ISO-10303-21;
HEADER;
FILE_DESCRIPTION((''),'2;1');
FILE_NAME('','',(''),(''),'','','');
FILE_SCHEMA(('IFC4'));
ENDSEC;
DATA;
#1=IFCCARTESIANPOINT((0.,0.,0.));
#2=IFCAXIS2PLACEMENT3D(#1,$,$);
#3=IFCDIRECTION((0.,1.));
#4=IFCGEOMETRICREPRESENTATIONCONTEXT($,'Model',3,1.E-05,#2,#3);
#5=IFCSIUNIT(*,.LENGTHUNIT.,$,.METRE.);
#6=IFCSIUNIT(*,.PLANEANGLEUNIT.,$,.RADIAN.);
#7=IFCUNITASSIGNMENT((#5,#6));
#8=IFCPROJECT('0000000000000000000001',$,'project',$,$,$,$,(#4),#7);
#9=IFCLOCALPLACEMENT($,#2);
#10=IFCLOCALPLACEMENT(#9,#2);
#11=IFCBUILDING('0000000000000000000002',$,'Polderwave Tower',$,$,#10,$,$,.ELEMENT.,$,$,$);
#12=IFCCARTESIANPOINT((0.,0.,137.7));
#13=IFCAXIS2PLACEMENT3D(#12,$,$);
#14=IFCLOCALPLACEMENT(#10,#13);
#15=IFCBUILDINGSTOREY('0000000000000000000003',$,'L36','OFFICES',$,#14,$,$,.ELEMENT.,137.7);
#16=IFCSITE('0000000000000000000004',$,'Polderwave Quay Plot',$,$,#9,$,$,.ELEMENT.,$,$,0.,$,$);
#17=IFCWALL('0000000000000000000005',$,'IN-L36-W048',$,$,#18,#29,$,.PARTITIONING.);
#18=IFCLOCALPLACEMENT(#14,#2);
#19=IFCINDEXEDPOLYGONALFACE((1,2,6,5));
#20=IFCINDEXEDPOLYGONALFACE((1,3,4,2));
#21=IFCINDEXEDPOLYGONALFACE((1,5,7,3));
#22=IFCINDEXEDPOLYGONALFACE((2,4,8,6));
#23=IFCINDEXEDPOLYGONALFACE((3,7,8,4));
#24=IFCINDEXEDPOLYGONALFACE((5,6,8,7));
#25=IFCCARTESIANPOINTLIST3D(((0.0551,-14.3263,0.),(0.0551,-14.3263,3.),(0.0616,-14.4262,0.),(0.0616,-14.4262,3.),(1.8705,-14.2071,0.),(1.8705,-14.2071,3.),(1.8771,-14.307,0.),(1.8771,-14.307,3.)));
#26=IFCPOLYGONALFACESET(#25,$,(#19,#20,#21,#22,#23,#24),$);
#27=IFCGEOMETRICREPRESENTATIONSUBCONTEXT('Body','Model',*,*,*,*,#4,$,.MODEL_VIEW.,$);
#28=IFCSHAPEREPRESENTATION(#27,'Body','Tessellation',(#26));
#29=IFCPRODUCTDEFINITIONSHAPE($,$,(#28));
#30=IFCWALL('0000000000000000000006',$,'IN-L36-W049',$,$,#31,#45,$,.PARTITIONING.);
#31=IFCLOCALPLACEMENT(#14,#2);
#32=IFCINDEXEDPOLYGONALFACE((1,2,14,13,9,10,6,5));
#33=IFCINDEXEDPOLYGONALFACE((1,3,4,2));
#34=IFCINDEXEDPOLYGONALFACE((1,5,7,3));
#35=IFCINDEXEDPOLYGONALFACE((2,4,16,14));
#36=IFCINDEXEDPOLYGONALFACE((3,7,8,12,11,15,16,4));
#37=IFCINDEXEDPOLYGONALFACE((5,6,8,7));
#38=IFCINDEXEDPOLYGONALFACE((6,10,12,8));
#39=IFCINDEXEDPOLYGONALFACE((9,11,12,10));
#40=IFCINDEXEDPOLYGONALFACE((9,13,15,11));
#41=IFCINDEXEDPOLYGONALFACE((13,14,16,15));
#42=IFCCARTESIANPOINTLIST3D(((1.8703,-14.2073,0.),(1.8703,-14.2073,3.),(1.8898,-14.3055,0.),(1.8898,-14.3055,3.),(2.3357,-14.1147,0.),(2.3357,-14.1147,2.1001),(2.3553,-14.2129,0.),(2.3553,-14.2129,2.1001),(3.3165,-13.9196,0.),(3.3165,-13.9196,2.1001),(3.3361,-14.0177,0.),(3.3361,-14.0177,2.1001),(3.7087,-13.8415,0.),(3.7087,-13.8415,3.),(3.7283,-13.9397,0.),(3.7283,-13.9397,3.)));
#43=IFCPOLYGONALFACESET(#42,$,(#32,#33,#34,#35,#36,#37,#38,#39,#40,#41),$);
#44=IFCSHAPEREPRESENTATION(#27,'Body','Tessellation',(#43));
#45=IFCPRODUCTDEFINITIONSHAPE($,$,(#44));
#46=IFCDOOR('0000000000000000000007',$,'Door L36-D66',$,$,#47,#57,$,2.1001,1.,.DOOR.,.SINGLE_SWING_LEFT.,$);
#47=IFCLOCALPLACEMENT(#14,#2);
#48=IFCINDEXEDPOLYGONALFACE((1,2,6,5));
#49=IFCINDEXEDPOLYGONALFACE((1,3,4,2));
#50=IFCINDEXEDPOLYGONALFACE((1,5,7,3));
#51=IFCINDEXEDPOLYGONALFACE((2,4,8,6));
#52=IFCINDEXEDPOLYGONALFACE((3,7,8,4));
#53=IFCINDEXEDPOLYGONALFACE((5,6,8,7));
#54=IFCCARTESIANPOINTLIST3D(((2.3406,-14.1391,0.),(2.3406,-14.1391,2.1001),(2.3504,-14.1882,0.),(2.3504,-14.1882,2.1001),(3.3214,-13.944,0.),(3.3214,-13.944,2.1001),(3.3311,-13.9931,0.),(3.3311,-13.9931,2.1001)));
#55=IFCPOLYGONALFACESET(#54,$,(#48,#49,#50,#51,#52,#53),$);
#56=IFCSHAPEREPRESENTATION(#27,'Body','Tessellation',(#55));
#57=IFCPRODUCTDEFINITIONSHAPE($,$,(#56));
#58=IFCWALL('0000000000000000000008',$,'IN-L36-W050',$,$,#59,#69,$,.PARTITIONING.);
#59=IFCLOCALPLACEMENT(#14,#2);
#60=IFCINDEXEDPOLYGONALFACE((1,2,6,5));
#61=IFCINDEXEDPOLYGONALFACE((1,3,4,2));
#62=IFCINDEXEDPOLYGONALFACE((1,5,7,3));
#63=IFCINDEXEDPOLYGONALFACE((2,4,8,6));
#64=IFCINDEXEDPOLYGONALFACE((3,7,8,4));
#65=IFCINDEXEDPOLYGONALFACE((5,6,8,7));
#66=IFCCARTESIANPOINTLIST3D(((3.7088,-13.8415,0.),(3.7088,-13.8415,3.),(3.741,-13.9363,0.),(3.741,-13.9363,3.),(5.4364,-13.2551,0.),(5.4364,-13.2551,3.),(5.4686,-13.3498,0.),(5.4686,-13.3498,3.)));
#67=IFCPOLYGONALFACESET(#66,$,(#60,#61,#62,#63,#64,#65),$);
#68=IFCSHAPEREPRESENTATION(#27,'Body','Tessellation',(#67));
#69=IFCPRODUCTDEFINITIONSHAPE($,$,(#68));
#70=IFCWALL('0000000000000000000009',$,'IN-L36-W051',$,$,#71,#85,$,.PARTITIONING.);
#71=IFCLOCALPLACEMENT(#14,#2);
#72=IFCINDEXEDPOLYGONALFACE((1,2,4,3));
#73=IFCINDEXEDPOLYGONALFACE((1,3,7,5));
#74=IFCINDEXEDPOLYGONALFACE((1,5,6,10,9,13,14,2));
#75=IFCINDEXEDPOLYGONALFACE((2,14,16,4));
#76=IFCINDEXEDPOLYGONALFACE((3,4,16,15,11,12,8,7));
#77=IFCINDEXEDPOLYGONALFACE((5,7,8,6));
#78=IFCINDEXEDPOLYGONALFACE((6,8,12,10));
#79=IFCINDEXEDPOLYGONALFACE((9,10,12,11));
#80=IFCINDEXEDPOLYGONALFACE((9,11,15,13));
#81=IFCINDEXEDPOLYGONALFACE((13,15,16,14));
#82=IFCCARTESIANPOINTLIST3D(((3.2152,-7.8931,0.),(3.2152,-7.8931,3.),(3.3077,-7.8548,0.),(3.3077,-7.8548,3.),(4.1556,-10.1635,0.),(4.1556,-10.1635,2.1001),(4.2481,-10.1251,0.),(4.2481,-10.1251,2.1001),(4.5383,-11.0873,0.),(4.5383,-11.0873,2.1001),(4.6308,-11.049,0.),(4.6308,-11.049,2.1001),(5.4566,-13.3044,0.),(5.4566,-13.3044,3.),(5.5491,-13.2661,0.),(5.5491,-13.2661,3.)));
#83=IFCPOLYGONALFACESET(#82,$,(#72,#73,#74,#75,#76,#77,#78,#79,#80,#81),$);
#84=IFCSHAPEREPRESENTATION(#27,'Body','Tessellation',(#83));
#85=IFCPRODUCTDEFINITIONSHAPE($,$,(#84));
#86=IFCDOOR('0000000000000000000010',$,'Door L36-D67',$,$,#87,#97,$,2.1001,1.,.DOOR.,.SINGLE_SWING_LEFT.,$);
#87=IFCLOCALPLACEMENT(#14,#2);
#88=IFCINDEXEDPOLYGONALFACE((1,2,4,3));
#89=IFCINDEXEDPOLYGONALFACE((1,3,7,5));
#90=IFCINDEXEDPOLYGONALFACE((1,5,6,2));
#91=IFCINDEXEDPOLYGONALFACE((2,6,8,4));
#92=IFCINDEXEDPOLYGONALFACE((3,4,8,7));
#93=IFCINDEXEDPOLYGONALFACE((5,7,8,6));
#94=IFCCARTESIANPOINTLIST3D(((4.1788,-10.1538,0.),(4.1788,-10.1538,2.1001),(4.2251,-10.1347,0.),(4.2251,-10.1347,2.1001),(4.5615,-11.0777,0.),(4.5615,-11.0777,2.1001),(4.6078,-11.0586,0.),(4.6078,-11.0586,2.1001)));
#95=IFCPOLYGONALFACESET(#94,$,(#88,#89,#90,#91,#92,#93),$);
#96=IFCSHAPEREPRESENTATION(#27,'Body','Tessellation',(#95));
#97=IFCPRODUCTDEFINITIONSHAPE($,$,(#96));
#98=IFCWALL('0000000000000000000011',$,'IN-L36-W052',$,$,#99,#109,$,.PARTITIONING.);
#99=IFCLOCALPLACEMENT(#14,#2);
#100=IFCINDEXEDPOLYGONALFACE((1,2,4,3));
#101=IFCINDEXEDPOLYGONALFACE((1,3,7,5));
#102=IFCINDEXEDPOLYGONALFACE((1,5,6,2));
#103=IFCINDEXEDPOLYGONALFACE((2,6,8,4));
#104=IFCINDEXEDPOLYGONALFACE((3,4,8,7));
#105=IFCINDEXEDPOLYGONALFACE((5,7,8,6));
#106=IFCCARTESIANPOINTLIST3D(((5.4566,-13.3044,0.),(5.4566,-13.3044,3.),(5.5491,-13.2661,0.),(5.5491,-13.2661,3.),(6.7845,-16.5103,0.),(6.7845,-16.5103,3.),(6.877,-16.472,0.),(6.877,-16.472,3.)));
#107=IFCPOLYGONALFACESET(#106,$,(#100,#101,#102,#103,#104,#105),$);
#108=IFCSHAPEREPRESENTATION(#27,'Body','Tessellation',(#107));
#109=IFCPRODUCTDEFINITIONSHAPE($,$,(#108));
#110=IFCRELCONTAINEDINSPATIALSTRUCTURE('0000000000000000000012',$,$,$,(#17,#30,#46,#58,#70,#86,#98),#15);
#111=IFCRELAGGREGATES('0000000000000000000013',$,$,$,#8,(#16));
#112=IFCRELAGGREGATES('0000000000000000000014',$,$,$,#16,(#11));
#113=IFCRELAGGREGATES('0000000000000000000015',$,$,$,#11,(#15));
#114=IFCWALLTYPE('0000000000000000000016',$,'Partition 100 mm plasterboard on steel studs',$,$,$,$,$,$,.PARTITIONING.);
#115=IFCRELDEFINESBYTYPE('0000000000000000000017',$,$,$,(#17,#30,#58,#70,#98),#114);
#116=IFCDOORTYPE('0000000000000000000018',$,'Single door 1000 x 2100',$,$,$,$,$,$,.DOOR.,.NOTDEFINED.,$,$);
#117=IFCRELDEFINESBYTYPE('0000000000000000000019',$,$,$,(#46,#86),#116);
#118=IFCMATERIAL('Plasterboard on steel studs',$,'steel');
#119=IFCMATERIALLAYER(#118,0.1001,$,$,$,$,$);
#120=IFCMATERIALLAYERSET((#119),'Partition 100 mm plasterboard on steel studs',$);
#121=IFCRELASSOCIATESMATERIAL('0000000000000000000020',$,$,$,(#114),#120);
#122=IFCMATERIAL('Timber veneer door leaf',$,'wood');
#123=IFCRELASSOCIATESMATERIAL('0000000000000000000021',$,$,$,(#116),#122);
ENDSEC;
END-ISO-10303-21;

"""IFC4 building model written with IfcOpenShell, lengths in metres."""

from ifc_helpers import new_model, si_unit, direction, frame, frame_2d, origin, place, context, subcontext, project, spatial, rectangle, extrude, material, layer, layer_set, type_object, element, fill, save


model = new_model("IFC4")

# Units and contexts
model_context = context("Model", 3, precision=1e-05, world=origin(), true_north=direction((0.0, 1.0)))
body_context = subcontext(model_context, "Body", "Model", "MODEL_VIEW")
ifc_project = project(units=[si_unit("LENGTHUNIT", "METRE"), si_unit("PLANEANGLEUNIT", "RADIAN")], contexts=[model_context])

# Site, building, storey
site_placement = place(None, origin())
site = spatial("IfcSite", under=ifc_project, at=site_placement, Name="Polderwave Quay Plot", CompositionType="ELEMENT", RefElevation=0.0)
building_placement = place(site_placement, origin())
building = spatial("IfcBuilding", under=site, at=building_placement, Name="Polderwave Tower", CompositionType="ELEMENT")
storey_placement = place(building_placement, frame((0.0, 0.0, 137.7)))
storey = spatial("IfcBuildingStorey", under=building, at=storey_placement, Name="L36", Description="OFFICES", CompositionType="ELEMENT", Elevation=137.7)

# Wall
ifc_material_1 = material(Name="Plasterboard on steel studs", Category="steel")
ifc_layer_1 = layer(ifc_material_1, 0.1001)
ifc_layer_set_1 = layer_set([ifc_layer_1], Name="Partition 100 mm plasterboard on steel studs")
wall_type_1 = type_object("IfcWallType", Name="Partition 100 mm plasterboard on steel studs", PredefinedType="PARTITIONING", material=ifc_layer_set_1)
wall_1_placement = place(storey_placement, frame((1.8738, -14.2571, 0.0), z_axis=(0.0, 0.0, 1.0), x_axis=(-0.997854, -0.065486, 0.0)))
element("IfcWall", 1, at=wall_1_placement, inside=storey, type_object=wall_type_1, Name="IN-L36-W048", PredefinedType="PARTITIONING", context=body_context, shape_type="SweptSolid", body=[
    extrude(rectangle(XDim=1.8193, YDim=0.1001, at=frame_2d((0.9097, 0.0))), origin(), (0.0, 0.0, 1.0), 3.0),
])

# Wall, opening, door
wall_2_placement = place(storey_placement, frame((3.7185, -13.8906, 0.0), z_axis=(0.0, 0.0, 1.0), x_axis=(-0.980781, -0.195114, 0.0)))
wall_2 = element("IfcWall", 2, at=wall_2_placement, inside=storey, type_object=wall_type_1, Name="IN-L36-W049", PredefinedType="PARTITIONING", context=body_context, shape_type="SweptSolid", body=[
    extrude(rectangle(XDim=1.8745, YDim=0.1001, at=frame_2d((0.9373, 0.0))), origin(), (0.0, 0.0, 1.0), 3.0),
])
opening_1_placement = place(wall_2_placement, frame((0.3999, 0.0, 0.0)))
opening_1 = element("IfcOpeningElement", 3, at=opening_1_placement, cuts=wall_2, PredefinedType="OPENING", context=body_context, shape_type="SweptSolid", body=[
    extrude(rectangle(XDim=1.0, YDim=2.1001, at=frame_2d((0.5, 1.05))), frame((0.0, 0.0601, 0.0), z_axis=(0.0, -1.0, 0.0), x_axis=(1.0, 0.0, 0.0)), (0.0, 0.0, 1.0), 0.1201),
])
ifc_material_2 = material(Name="Timber veneer door leaf", Category="wood")
door_type = type_object("IfcDoorType", Name="Single door 1000 x 2100", OperationType="NOTDEFINED", PredefinedType="DOOR", material=ifc_material_2)
door_1_placement = place(opening_1_placement, origin())
door_1 = element("IfcDoor", 4, at=door_1_placement, inside=storey, type_object=door_type, Name="Door L36-D66", OperationType="SINGLE_SWING_LEFT", OverallHeight=2.1001, OverallWidth=1.0, PredefinedType="DOOR", context=body_context, shape_type="SweptSolid", body=[
    extrude(rectangle(XDim=1.0, YDim=2.1001, at=frame_2d((0.5, 1.05))), frame((0.0, 0.0249, 0.0), z_axis=(0.0, -1.0, 0.0), x_axis=(1.0, 0.0, 0.0)), (0.0, 0.0, 1.0), 0.05),
])
fill(opening_1, door_1)

# Wall
wall_3_placement = place(storey_placement, frame((5.4524, -13.3025, 0.0), z_axis=(0.0, 0.0, 1.0), x_axis=(-0.946929, -0.321442, 0.0)))
element("IfcWall", 5, at=wall_3_placement, inside=storey, type_object=wall_type_1, Name="IN-L36-W050", PredefinedType="PARTITIONING", context=body_context, shape_type="SweptSolid", body=[
    extrude(rectangle(XDim=1.8245, YDim=0.1001, at=frame_2d((0.9121, 0.0))), origin(), (0.0, 0.0, 1.0), 3.0),
])

# Wall, opening, door
wall_4_placement = place(storey_placement, frame((5.5029, -13.2854, 0.0), z_axis=(0.0, 0.0, 1.0), x_axis=(-0.382682, 0.92388, 0.0)))
wall_4 = element("IfcWall", 6, at=wall_4_placement, inside=storey, type_object=wall_type_1, Name="IN-L36-W051", PredefinedType="PARTITIONING", context=body_context, shape_type="SweptSolid", body=[
    extrude(rectangle(XDim=5.8572, YDim=0.1001, at=frame_2d((2.9287, 0.0))), origin(), (0.0, 0.0, 1.0), 3.0),
])
opening_2_placement = place(wall_4_placement, frame((2.3999, 0.0, 0.0)))
opening_2 = element("IfcOpeningElement", 7, at=opening_2_placement, cuts=wall_4, PredefinedType="OPENING", context=body_context, shape_type="SweptSolid", body=[
    extrude(rectangle(XDim=1.0, YDim=2.1001, at=frame_2d((0.5, 1.05))), frame((0.0, 0.0601, 0.0), z_axis=(0.0, -1.0, 0.0), x_axis=(1.0, 0.0, 0.0)), (0.0, 0.0, 1.0), 0.1201),
])
door_2_placement = place(opening_2_placement, origin())
door_2 = element("IfcDoor", 8, at=door_2_placement, inside=storey, type_object=door_type, Name="Door L36-D67", OperationType="SINGLE_SWING_LEFT", OverallHeight=2.1001, OverallWidth=1.0, PredefinedType="DOOR", context=body_context, shape_type="SweptSolid", body=[
    extrude(rectangle(XDim=1.0, YDim=2.1001, at=frame_2d((0.5, 1.05))), frame((0.0, 0.0249, 0.0), z_axis=(0.0, -1.0, 0.0), x_axis=(1.0, 0.0, 0.0)), (0.0, 0.0, 1.0), 0.05),
])
fill(opening_2, door_2)

# Wall
wall_5_placement = place(storey_placement, frame((5.5029, -13.2854, 0.0), z_axis=(0.0, 0.0, 1.0), x_axis=(0.382681, -0.92388, 0.0)))
element("IfcWall", 9, at=wall_5_placement, inside=storey, type_object=wall_type_1, Name="IN-L36-W052", PredefinedType="PARTITIONING", context=body_context, shape_type="SweptSolid", body=[
    extrude(rectangle(XDim=3.47, YDim=0.1001, at=frame_2d((1.7349, 0.0))), origin(), (0.0, 0.0, 1.0), 3.0),
])

save(model, "model.ifc")
